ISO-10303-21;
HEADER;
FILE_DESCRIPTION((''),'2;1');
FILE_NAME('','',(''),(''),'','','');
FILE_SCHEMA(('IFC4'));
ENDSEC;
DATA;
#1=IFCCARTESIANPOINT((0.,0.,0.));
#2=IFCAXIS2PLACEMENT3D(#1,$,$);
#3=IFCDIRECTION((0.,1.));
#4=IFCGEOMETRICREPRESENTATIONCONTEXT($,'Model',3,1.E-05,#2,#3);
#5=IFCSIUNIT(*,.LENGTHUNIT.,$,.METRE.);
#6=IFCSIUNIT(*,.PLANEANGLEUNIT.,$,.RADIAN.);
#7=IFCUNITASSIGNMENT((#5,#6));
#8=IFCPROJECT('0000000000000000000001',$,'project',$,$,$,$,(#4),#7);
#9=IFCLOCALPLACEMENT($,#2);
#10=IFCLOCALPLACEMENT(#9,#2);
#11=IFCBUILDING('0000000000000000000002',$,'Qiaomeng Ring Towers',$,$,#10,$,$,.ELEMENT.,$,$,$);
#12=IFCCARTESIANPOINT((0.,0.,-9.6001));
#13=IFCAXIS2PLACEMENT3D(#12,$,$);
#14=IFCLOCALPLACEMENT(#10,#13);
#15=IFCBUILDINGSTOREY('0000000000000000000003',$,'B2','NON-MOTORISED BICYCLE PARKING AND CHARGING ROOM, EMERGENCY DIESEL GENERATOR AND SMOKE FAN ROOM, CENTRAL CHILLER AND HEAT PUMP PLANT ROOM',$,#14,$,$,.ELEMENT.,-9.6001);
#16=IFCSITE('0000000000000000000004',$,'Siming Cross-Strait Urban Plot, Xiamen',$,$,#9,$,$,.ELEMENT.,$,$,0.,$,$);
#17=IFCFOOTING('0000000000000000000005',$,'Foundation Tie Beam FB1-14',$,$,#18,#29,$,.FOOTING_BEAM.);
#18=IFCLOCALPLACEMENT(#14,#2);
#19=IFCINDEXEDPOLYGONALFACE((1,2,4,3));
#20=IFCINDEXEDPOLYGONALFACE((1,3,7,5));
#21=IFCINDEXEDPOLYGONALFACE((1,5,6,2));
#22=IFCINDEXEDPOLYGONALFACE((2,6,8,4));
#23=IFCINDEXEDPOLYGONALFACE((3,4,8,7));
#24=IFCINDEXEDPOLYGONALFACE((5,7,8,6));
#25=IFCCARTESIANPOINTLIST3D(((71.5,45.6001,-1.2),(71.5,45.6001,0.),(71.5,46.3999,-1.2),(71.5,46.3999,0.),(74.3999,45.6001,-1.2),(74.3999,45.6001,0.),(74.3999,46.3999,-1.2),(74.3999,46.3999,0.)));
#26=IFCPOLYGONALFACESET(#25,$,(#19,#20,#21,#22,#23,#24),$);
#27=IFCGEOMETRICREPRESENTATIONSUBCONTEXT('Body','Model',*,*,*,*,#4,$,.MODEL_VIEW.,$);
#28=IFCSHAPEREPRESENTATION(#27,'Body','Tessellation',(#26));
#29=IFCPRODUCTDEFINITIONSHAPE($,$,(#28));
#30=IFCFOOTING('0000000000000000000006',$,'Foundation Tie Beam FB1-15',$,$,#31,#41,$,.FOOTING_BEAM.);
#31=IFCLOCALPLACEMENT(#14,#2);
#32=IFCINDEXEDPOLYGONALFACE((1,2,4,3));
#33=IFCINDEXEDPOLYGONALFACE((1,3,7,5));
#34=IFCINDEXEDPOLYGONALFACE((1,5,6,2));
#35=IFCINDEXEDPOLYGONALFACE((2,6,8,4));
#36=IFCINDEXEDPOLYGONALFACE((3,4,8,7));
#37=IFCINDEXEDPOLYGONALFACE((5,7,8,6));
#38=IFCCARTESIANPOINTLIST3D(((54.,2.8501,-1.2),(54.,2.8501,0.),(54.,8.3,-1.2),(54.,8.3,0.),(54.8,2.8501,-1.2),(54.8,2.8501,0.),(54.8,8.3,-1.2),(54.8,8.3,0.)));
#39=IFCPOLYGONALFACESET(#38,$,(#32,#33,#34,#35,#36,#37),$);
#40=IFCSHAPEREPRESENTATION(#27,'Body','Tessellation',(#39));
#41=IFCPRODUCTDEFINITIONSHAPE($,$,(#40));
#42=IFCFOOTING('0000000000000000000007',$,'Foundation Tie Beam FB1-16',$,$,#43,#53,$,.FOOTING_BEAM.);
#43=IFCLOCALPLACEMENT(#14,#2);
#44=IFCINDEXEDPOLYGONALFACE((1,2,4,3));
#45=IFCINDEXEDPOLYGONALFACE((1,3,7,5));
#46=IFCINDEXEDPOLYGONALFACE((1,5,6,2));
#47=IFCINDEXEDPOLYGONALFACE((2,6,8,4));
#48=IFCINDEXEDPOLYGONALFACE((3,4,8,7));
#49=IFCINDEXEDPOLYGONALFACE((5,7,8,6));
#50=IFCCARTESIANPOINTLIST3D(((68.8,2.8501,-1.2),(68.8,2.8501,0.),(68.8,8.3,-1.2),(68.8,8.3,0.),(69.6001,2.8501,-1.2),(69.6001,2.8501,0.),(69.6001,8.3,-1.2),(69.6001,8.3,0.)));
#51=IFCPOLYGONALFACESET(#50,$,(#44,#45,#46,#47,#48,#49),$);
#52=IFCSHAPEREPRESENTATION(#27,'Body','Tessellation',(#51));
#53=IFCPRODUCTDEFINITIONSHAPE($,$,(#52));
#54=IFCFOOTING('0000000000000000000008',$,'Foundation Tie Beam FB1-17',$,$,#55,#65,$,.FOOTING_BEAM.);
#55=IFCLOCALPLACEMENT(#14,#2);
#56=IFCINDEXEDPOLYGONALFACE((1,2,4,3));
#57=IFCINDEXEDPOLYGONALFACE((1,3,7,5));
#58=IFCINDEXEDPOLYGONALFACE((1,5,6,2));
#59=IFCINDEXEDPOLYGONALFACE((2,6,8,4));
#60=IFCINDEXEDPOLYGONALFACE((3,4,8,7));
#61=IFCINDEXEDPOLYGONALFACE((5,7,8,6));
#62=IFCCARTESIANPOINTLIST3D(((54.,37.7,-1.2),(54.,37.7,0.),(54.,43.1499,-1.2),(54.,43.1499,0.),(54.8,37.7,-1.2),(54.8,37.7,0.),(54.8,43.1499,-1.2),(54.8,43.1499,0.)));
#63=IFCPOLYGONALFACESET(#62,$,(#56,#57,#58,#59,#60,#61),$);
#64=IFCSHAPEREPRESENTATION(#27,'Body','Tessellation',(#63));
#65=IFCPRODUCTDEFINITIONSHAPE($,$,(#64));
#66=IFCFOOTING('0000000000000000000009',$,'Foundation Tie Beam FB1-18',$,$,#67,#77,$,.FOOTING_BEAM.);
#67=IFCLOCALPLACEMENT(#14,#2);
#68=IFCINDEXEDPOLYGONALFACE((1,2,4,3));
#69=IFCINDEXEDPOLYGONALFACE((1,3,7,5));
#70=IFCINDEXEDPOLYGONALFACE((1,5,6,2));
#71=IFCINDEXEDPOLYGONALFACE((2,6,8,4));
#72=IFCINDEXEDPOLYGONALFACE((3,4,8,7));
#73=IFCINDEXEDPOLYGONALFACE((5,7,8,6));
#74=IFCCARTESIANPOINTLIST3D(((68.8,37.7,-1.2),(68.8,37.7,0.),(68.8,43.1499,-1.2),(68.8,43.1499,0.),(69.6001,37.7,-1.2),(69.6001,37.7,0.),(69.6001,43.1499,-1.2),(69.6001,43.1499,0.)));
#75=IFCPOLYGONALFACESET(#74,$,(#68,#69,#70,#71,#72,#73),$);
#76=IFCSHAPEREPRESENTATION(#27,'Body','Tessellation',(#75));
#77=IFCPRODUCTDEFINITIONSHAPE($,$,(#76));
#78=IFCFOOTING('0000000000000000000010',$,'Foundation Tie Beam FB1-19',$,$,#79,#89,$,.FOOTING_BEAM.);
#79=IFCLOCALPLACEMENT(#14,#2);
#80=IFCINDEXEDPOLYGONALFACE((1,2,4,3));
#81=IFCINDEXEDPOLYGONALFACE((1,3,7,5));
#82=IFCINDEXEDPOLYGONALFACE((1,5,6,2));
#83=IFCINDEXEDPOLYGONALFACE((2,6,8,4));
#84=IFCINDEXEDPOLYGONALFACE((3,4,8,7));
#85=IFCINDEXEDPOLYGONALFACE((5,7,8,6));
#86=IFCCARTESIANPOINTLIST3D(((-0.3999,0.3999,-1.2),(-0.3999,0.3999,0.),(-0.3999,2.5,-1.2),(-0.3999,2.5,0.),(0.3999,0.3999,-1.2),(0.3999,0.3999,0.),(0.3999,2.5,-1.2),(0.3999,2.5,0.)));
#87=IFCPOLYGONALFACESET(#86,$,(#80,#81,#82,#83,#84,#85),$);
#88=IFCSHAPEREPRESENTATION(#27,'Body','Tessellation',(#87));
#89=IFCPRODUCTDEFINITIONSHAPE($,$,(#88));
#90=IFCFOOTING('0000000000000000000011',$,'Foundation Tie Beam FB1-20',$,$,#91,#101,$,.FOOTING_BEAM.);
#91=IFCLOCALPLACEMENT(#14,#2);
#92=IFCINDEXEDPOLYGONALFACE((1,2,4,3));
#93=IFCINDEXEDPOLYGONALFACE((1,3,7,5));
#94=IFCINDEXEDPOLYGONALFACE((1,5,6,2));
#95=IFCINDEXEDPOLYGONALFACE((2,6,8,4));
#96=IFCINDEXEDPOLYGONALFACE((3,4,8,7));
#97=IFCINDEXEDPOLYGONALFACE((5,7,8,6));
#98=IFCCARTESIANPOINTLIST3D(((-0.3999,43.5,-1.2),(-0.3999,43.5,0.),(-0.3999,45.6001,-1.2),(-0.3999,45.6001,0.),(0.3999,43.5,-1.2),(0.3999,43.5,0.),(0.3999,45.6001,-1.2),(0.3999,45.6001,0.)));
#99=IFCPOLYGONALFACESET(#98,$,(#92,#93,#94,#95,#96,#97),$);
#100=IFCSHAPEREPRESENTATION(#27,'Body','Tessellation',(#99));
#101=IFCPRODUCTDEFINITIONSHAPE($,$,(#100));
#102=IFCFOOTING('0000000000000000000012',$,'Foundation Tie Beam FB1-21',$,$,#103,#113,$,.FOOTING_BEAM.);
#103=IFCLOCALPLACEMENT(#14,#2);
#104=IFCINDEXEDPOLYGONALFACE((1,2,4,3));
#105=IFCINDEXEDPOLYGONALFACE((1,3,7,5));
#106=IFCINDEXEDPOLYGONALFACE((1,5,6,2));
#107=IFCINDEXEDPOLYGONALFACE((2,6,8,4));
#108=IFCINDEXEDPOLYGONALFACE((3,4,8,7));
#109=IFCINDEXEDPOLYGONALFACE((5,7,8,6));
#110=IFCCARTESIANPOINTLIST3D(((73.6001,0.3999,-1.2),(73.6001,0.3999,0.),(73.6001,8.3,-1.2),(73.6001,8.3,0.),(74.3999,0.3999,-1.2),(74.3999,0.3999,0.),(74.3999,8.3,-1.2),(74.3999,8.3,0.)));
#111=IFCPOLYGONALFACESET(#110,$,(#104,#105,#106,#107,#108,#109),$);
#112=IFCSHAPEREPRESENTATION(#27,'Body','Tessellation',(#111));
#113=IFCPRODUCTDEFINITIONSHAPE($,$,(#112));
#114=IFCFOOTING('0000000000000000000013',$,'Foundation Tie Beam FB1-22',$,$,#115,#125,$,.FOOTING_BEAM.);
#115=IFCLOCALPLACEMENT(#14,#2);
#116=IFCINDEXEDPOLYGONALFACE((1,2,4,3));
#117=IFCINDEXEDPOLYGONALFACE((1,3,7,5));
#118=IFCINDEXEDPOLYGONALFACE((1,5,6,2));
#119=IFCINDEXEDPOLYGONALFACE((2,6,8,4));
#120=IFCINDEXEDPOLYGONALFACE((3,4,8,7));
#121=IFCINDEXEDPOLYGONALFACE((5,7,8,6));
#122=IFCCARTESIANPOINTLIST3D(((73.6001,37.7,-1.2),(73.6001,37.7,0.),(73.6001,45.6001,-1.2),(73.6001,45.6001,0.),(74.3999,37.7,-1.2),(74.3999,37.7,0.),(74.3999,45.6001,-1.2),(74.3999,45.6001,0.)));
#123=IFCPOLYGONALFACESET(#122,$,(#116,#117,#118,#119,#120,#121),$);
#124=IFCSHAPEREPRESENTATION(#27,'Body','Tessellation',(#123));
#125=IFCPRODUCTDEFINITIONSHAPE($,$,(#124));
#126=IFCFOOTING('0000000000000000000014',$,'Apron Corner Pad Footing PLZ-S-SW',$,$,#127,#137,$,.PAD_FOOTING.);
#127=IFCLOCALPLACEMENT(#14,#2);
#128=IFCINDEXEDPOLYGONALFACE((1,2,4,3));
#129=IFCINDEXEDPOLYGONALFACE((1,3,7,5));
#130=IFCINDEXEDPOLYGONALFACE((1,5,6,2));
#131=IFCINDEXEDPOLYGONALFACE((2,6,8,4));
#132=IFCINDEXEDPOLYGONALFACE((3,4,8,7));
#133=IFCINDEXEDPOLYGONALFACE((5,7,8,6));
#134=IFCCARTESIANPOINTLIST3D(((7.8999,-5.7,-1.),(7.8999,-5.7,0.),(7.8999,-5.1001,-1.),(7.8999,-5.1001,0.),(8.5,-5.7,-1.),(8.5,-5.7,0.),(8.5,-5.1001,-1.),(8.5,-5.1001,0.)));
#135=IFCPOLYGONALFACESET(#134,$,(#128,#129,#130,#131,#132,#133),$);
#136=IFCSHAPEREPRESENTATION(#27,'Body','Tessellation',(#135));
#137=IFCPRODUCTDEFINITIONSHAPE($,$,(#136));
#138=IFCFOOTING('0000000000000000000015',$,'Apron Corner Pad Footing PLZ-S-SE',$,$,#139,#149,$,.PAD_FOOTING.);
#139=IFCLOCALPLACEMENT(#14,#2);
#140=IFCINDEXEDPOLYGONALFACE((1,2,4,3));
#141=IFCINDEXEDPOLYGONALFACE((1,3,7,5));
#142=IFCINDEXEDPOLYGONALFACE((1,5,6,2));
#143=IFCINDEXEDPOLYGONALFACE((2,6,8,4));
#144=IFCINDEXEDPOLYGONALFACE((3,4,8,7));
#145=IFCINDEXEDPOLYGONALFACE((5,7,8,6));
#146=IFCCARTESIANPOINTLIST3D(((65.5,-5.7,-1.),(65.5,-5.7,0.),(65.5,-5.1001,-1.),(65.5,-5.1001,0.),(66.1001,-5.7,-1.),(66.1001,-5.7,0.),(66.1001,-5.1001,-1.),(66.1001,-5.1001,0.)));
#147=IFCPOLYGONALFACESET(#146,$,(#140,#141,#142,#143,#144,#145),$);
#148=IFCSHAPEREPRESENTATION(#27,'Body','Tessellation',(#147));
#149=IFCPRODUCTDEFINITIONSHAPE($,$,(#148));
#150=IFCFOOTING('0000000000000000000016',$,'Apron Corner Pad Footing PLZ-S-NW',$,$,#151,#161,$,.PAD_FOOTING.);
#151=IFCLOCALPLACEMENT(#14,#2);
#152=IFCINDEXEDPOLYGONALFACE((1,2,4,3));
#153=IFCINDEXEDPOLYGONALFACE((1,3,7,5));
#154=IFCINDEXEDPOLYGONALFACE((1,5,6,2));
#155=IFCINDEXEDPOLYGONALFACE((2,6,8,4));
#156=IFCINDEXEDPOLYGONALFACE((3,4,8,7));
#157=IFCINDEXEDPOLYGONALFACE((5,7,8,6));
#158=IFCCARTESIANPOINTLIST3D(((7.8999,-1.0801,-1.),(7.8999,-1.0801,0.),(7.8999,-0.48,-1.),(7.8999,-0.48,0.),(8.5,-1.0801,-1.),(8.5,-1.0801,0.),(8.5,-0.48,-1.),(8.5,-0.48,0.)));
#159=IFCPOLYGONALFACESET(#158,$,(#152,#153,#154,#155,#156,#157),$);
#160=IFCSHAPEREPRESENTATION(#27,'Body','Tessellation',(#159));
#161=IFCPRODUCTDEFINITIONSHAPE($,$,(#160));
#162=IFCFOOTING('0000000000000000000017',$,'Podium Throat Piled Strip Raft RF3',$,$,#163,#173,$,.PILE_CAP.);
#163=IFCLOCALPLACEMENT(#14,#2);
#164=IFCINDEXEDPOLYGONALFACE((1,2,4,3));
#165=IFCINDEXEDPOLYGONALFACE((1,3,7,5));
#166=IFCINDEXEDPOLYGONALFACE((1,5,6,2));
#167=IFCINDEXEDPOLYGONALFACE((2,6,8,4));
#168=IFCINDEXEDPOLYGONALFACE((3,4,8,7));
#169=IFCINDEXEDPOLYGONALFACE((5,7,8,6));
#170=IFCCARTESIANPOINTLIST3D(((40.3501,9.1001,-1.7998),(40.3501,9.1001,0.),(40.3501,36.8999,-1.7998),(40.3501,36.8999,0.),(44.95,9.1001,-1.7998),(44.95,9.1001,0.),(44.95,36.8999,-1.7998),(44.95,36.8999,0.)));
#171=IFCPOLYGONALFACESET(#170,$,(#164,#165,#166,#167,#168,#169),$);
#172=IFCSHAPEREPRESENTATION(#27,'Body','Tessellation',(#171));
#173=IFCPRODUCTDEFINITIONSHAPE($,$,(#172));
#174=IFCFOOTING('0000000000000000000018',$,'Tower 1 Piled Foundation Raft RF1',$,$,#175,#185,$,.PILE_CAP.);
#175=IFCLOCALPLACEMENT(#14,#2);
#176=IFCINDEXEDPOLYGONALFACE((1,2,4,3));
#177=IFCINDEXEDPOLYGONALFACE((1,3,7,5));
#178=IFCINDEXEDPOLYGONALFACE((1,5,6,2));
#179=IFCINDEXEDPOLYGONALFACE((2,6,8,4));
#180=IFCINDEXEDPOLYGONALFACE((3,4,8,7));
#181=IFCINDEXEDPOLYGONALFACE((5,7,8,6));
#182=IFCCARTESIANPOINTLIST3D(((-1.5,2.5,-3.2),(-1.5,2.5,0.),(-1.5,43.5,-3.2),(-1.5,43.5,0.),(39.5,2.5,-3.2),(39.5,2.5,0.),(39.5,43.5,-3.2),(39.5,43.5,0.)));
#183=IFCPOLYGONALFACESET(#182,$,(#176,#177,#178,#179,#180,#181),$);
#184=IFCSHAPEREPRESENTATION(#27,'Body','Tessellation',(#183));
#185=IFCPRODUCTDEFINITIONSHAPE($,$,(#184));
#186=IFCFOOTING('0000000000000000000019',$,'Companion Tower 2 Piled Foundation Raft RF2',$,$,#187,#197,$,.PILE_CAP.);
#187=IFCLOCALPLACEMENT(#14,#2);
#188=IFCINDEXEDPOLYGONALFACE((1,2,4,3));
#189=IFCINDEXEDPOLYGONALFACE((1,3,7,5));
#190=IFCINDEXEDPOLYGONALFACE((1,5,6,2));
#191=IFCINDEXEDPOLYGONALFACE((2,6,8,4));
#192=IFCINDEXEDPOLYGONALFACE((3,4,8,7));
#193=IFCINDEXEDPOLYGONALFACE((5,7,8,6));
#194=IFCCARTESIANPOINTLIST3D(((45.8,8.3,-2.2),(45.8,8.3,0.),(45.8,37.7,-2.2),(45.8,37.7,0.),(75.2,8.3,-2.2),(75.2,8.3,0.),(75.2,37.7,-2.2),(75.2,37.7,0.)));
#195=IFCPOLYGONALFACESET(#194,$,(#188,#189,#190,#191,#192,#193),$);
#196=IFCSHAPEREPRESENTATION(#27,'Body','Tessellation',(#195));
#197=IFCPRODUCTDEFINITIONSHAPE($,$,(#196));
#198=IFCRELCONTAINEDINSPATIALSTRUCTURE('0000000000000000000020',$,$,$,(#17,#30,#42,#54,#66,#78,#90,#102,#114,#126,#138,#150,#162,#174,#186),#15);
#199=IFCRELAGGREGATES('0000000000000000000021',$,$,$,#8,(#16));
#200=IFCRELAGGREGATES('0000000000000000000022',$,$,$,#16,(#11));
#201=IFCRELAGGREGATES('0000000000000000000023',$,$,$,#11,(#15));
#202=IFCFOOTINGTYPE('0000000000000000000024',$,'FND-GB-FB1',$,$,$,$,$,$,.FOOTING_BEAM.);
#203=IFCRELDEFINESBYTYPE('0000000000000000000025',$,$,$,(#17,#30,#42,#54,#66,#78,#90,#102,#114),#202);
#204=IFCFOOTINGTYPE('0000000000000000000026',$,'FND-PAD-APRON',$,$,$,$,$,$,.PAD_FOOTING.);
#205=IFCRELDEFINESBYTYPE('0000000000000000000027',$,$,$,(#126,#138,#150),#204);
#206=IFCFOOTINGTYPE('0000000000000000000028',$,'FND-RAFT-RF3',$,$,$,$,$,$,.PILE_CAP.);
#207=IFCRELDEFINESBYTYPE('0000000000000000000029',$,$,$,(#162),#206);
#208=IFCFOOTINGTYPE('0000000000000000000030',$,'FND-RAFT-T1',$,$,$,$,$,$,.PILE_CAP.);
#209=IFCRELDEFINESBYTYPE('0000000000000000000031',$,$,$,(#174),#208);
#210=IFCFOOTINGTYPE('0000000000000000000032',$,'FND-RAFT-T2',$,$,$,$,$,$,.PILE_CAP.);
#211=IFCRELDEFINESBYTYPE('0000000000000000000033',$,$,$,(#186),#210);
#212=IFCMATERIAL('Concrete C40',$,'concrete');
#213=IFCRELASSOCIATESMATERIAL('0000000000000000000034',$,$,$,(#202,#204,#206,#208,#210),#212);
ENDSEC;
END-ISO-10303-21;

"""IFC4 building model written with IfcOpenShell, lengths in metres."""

from ifc_helpers import new_model, si_unit, direction, frame, origin, place, context, subcontext, project, spatial, polyline, outline, extrude, material, type_object, element, save


model = new_model("IFC4")

# Units and contexts
model_context = context("Model", 3, precision=1e-05, world=origin(), true_north=direction((0.0, 1.0)))
body_context = subcontext(model_context, "Body", "Model", "MODEL_VIEW")
ifc_project = project(units=[si_unit("LENGTHUNIT", "METRE"), si_unit("PLANEANGLEUNIT", "RADIAN")], contexts=[model_context])

# Site, building, storey
site_placement = place(None, origin())
site = spatial("IfcSite", under=ifc_project, at=site_placement, Name="Siming Cross-Strait Urban Plot, Xiamen", CompositionType="ELEMENT", RefElevation=0.0)
building_placement = place(site_placement, origin())
building = spatial("IfcBuilding", under=site, at=building_placement, Name="Qiaomeng Ring Towers", CompositionType="ELEMENT")
storey_placement = place(building_placement, frame((0.0, 0.0, -9.6001)))
storey = spatial("IfcBuildingStorey", under=building, at=storey_placement, Name="B2", Description="NON-MOTORISED BICYCLE PARKING AND CHARGING ROOM, EMERGENCY DIESEL GENERATOR AND SMOKE FAN ROOM, CENTRAL CHILLER AND HEAT PUMP PLANT ROOM", CompositionType="ELEMENT", Elevation=-9.6001)

# Footings
ifc_material = material(Name="Concrete C40", Category="concrete")
footing_type_1 = type_object("IfcFootingType", Name="FND-GB-FB1", PredefinedType="FOOTING_BEAM", material=ifc_material)
footing_1_placement = place(storey_placement, frame((0.0, 0.0, -1.2)))
element("IfcFooting", 1, at=footing_1_placement, inside=storey, type_object=footing_type_1, Name="Foundation Tie Beam FB1-14", PredefinedType="FOOTING_BEAM", context=body_context, shape_type="SweptSolid", body=[
    extrude(outline(polyline([(71.5, 45.6001), (74.3999, 45.6001), (74.3999, 46.3999), (71.5, 46.3999), (71.5, 45.6001)])), origin(), (0.0, 0.0, 1.0), 1.2),
])
footing_2_placement = place(storey_placement, frame((0.0, 0.0, -1.2)))
element("IfcFooting", 2, at=footing_2_placement, inside=storey, type_object=footing_type_1, Name="Foundation Tie Beam FB1-15", PredefinedType="FOOTING_BEAM", context=body_context, shape_type="SweptSolid", body=[
    extrude(outline(polyline([(54.0, 2.8501), (54.8, 2.8501), (54.8, 8.3), (54.0, 8.3), (54.0, 2.8501)])), origin(), (0.0, 0.0, 1.0), 1.2),
])
footing_3_placement = place(storey_placement, frame((0.0, 0.0, -1.2)))
element("IfcFooting", 3, at=footing_3_placement, inside=storey, type_object=footing_type_1, Name="Foundation Tie Beam FB1-16", PredefinedType="FOOTING_BEAM", context=body_context, shape_type="SweptSolid", body=[
    extrude(outline(polyline([(68.8, 2.8501), (69.6001, 2.8501), (69.6001, 8.3), (68.8, 8.3), (68.8, 2.8501)])), origin(), (0.0, 0.0, 1.0), 1.2),
])
footing_4_placement = place(storey_placement, frame((0.0, 0.0, -1.2)))
element("IfcFooting", 4, at=footing_4_placement, inside=storey, type_object=footing_type_1, Name="Foundation Tie Beam FB1-17", PredefinedType="FOOTING_BEAM", context=body_context, shape_type="SweptSolid", body=[
    extrude(outline(polyline([(54.0, 37.7), (54.8, 37.7), (54.8, 43.1499), (54.0, 43.1499), (54.0, 37.7)])), origin(), (0.0, 0.0, 1.0), 1.2),
])
footing_5_placement = place(storey_placement, frame((0.0, 0.0, -1.2)))
element("IfcFooting", 5, at=footing_5_placement, inside=storey, type_object=footing_type_1, Name="Foundation Tie Beam FB1-18", PredefinedType="FOOTING_BEAM", context=body_context, shape_type="SweptSolid", body=[
    extrude(outline(polyline([(68.8, 37.7), (69.6001, 37.7), (69.6001, 43.1499), (68.8, 43.1499), (68.8, 37.7)])), origin(), (0.0, 0.0, 1.0), 1.2),
])
footing_6_placement = place(storey_placement, frame((0.0, 0.0, -1.2)))
element("IfcFooting", 6, at=footing_6_placement, inside=storey, type_object=footing_type_1, Name="Foundation Tie Beam FB1-19", PredefinedType="FOOTING_BEAM", context=body_context, shape_type="SweptSolid", body=[
    extrude(outline(polyline([(-0.3999, 0.3999), (0.3999, 0.3999), (0.3999, 2.5), (-0.3999, 2.5), (-0.3999, 0.3999)])), origin(), (0.0, 0.0, 1.0), 1.2),
])
footing_7_placement = place(storey_placement, frame((0.0, 0.0, -1.2)))
element("IfcFooting", 7, at=footing_7_placement, inside=storey, type_object=footing_type_1, Name="Foundation Tie Beam FB1-20", PredefinedType="FOOTING_BEAM", context=body_context, shape_type="SweptSolid", body=[
    extrude(outline(polyline([(-0.3999, 43.5), (0.3999, 43.5), (0.3999, 45.6001), (-0.3999, 45.6001), (-0.3999, 43.5)])), origin(), (0.0, 0.0, 1.0), 1.2),
])
footing_8_placement = place(storey_placement, frame((0.0, 0.0, -1.2)))
element("IfcFooting", 8, at=footing_8_placement, inside=storey, type_object=footing_type_1, Name="Foundation Tie Beam FB1-21", PredefinedType="FOOTING_BEAM", context=body_context, shape_type="SweptSolid", body=[
    extrude(outline(polyline([(73.6001, 0.3999), (74.3999, 0.3999), (74.3999, 8.3), (73.6001, 8.3), (73.6001, 0.3999)])), origin(), (0.0, 0.0, 1.0), 1.2),
])
footing_9_placement = place(storey_placement, frame((0.0, 0.0, -1.2)))
element("IfcFooting", 9, at=footing_9_placement, inside=storey, type_object=footing_type_1, Name="Foundation Tie Beam FB1-22", PredefinedType="FOOTING_BEAM", context=body_context, shape_type="SweptSolid", body=[
    extrude(outline(polyline([(73.6001, 37.7), (74.3999, 37.7), (74.3999, 45.6001), (73.6001, 45.6001), (73.6001, 37.7)])), origin(), (0.0, 0.0, 1.0), 1.2),
])
footing_type_2 = type_object("IfcFootingType", Name="FND-PAD-APRON", PredefinedType="PAD_FOOTING", material=ifc_material)
footing_10_placement = place(storey_placement, frame((0.0, 0.0, -1.0)))
element("IfcFooting", 10, at=footing_10_placement, inside=storey, type_object=footing_type_2, Name="Apron Corner Pad Footing PLZ-S-SW", PredefinedType="PAD_FOOTING", context=body_context, shape_type="SweptSolid", body=[
    extrude(outline(polyline([(7.8999, -5.7), (8.5, -5.7), (8.5, -5.1001), (7.8999, -5.1001), (7.8999, -5.7)])), origin(), (0.0, 0.0, 1.0), 1.0),
])
footing_11_placement = place(storey_placement, frame((0.0, 0.0, -1.0)))
element("IfcFooting", 11, at=footing_11_placement, inside=storey, type_object=footing_type_2, Name="Apron Corner Pad Footing PLZ-S-SE", PredefinedType="PAD_FOOTING", context=body_context, shape_type="SweptSolid", body=[
    extrude(outline(polyline([(65.5, -5.7), (66.1001, -5.7), (66.1001, -5.1001), (65.5, -5.1001), (65.5, -5.7)])), origin(), (0.0, 0.0, 1.0), 1.0),
])
footing_12_placement = place(storey_placement, frame((0.0, 0.0, -1.0)))
element("IfcFooting", 12, at=footing_12_placement, inside=storey, type_object=footing_type_2, Name="Apron Corner Pad Footing PLZ-S-NW", PredefinedType="PAD_FOOTING", context=body_context, shape_type="SweptSolid", body=[
    extrude(outline(polyline([(7.8999, -1.0801), (8.5, -1.0801), (8.5, -0.48), (7.8999, -0.48), (7.8999, -1.0801)])), origin(), (0.0, 0.0, 1.0), 1.0),
])
footing_type_3 = type_object("IfcFootingType", Name="FND-RAFT-RF3", PredefinedType="PILE_CAP", material=ifc_material)
footing_13_placement = place(storey_placement, frame((0.0, 0.0, -1.7998)))
element("IfcFooting", 13, at=footing_13_placement, inside=storey, type_object=footing_type_3, Name="Podium Throat Piled Strip Raft RF3", PredefinedType="PILE_CAP", context=body_context, shape_type="SweptSolid", body=[
    extrude(outline(polyline([(40.3501, 9.1001), (44.95, 9.1001), (44.95, 36.8999), (40.3501, 36.8999), (40.3501, 9.1001)])), origin(), (0.0, 0.0, 1.0), 1.7998),
])
footing_type_4 = type_object("IfcFootingType", Name="FND-RAFT-T1", PredefinedType="PILE_CAP", material=ifc_material)
footing_14_placement = place(storey_placement, frame((0.0, 0.0, -3.2)))
element("IfcFooting", 14, at=footing_14_placement, inside=storey, type_object=footing_type_4, Name="Tower 1 Piled Foundation Raft RF1", PredefinedType="PILE_CAP", context=body_context, shape_type="SweptSolid", body=[
    extrude(outline(polyline([(-1.5, 2.5), (39.5, 2.5), (39.5, 43.5), (-1.5, 43.5), (-1.5, 2.5)])), origin(), (0.0, 0.0, 1.0), 3.2),
])
footing_type_5 = type_object("IfcFootingType", Name="FND-RAFT-T2", PredefinedType="PILE_CAP", material=ifc_material)
footing_15_placement = place(storey_placement, frame((0.0, 0.0, -2.2)))
element("IfcFooting", 15, at=footing_15_placement, inside=storey, type_object=footing_type_5, Name="Companion Tower 2 Piled Foundation Raft RF2", PredefinedType="PILE_CAP", context=body_context, shape_type="SweptSolid", body=[
    extrude(outline(polyline([(45.8, 8.3), (75.2, 8.3), (75.2, 37.7), (45.8, 37.7), (45.8, 8.3)])), origin(), (0.0, 0.0, 1.0), 2.2),
])

save(model, "model.ifc")
